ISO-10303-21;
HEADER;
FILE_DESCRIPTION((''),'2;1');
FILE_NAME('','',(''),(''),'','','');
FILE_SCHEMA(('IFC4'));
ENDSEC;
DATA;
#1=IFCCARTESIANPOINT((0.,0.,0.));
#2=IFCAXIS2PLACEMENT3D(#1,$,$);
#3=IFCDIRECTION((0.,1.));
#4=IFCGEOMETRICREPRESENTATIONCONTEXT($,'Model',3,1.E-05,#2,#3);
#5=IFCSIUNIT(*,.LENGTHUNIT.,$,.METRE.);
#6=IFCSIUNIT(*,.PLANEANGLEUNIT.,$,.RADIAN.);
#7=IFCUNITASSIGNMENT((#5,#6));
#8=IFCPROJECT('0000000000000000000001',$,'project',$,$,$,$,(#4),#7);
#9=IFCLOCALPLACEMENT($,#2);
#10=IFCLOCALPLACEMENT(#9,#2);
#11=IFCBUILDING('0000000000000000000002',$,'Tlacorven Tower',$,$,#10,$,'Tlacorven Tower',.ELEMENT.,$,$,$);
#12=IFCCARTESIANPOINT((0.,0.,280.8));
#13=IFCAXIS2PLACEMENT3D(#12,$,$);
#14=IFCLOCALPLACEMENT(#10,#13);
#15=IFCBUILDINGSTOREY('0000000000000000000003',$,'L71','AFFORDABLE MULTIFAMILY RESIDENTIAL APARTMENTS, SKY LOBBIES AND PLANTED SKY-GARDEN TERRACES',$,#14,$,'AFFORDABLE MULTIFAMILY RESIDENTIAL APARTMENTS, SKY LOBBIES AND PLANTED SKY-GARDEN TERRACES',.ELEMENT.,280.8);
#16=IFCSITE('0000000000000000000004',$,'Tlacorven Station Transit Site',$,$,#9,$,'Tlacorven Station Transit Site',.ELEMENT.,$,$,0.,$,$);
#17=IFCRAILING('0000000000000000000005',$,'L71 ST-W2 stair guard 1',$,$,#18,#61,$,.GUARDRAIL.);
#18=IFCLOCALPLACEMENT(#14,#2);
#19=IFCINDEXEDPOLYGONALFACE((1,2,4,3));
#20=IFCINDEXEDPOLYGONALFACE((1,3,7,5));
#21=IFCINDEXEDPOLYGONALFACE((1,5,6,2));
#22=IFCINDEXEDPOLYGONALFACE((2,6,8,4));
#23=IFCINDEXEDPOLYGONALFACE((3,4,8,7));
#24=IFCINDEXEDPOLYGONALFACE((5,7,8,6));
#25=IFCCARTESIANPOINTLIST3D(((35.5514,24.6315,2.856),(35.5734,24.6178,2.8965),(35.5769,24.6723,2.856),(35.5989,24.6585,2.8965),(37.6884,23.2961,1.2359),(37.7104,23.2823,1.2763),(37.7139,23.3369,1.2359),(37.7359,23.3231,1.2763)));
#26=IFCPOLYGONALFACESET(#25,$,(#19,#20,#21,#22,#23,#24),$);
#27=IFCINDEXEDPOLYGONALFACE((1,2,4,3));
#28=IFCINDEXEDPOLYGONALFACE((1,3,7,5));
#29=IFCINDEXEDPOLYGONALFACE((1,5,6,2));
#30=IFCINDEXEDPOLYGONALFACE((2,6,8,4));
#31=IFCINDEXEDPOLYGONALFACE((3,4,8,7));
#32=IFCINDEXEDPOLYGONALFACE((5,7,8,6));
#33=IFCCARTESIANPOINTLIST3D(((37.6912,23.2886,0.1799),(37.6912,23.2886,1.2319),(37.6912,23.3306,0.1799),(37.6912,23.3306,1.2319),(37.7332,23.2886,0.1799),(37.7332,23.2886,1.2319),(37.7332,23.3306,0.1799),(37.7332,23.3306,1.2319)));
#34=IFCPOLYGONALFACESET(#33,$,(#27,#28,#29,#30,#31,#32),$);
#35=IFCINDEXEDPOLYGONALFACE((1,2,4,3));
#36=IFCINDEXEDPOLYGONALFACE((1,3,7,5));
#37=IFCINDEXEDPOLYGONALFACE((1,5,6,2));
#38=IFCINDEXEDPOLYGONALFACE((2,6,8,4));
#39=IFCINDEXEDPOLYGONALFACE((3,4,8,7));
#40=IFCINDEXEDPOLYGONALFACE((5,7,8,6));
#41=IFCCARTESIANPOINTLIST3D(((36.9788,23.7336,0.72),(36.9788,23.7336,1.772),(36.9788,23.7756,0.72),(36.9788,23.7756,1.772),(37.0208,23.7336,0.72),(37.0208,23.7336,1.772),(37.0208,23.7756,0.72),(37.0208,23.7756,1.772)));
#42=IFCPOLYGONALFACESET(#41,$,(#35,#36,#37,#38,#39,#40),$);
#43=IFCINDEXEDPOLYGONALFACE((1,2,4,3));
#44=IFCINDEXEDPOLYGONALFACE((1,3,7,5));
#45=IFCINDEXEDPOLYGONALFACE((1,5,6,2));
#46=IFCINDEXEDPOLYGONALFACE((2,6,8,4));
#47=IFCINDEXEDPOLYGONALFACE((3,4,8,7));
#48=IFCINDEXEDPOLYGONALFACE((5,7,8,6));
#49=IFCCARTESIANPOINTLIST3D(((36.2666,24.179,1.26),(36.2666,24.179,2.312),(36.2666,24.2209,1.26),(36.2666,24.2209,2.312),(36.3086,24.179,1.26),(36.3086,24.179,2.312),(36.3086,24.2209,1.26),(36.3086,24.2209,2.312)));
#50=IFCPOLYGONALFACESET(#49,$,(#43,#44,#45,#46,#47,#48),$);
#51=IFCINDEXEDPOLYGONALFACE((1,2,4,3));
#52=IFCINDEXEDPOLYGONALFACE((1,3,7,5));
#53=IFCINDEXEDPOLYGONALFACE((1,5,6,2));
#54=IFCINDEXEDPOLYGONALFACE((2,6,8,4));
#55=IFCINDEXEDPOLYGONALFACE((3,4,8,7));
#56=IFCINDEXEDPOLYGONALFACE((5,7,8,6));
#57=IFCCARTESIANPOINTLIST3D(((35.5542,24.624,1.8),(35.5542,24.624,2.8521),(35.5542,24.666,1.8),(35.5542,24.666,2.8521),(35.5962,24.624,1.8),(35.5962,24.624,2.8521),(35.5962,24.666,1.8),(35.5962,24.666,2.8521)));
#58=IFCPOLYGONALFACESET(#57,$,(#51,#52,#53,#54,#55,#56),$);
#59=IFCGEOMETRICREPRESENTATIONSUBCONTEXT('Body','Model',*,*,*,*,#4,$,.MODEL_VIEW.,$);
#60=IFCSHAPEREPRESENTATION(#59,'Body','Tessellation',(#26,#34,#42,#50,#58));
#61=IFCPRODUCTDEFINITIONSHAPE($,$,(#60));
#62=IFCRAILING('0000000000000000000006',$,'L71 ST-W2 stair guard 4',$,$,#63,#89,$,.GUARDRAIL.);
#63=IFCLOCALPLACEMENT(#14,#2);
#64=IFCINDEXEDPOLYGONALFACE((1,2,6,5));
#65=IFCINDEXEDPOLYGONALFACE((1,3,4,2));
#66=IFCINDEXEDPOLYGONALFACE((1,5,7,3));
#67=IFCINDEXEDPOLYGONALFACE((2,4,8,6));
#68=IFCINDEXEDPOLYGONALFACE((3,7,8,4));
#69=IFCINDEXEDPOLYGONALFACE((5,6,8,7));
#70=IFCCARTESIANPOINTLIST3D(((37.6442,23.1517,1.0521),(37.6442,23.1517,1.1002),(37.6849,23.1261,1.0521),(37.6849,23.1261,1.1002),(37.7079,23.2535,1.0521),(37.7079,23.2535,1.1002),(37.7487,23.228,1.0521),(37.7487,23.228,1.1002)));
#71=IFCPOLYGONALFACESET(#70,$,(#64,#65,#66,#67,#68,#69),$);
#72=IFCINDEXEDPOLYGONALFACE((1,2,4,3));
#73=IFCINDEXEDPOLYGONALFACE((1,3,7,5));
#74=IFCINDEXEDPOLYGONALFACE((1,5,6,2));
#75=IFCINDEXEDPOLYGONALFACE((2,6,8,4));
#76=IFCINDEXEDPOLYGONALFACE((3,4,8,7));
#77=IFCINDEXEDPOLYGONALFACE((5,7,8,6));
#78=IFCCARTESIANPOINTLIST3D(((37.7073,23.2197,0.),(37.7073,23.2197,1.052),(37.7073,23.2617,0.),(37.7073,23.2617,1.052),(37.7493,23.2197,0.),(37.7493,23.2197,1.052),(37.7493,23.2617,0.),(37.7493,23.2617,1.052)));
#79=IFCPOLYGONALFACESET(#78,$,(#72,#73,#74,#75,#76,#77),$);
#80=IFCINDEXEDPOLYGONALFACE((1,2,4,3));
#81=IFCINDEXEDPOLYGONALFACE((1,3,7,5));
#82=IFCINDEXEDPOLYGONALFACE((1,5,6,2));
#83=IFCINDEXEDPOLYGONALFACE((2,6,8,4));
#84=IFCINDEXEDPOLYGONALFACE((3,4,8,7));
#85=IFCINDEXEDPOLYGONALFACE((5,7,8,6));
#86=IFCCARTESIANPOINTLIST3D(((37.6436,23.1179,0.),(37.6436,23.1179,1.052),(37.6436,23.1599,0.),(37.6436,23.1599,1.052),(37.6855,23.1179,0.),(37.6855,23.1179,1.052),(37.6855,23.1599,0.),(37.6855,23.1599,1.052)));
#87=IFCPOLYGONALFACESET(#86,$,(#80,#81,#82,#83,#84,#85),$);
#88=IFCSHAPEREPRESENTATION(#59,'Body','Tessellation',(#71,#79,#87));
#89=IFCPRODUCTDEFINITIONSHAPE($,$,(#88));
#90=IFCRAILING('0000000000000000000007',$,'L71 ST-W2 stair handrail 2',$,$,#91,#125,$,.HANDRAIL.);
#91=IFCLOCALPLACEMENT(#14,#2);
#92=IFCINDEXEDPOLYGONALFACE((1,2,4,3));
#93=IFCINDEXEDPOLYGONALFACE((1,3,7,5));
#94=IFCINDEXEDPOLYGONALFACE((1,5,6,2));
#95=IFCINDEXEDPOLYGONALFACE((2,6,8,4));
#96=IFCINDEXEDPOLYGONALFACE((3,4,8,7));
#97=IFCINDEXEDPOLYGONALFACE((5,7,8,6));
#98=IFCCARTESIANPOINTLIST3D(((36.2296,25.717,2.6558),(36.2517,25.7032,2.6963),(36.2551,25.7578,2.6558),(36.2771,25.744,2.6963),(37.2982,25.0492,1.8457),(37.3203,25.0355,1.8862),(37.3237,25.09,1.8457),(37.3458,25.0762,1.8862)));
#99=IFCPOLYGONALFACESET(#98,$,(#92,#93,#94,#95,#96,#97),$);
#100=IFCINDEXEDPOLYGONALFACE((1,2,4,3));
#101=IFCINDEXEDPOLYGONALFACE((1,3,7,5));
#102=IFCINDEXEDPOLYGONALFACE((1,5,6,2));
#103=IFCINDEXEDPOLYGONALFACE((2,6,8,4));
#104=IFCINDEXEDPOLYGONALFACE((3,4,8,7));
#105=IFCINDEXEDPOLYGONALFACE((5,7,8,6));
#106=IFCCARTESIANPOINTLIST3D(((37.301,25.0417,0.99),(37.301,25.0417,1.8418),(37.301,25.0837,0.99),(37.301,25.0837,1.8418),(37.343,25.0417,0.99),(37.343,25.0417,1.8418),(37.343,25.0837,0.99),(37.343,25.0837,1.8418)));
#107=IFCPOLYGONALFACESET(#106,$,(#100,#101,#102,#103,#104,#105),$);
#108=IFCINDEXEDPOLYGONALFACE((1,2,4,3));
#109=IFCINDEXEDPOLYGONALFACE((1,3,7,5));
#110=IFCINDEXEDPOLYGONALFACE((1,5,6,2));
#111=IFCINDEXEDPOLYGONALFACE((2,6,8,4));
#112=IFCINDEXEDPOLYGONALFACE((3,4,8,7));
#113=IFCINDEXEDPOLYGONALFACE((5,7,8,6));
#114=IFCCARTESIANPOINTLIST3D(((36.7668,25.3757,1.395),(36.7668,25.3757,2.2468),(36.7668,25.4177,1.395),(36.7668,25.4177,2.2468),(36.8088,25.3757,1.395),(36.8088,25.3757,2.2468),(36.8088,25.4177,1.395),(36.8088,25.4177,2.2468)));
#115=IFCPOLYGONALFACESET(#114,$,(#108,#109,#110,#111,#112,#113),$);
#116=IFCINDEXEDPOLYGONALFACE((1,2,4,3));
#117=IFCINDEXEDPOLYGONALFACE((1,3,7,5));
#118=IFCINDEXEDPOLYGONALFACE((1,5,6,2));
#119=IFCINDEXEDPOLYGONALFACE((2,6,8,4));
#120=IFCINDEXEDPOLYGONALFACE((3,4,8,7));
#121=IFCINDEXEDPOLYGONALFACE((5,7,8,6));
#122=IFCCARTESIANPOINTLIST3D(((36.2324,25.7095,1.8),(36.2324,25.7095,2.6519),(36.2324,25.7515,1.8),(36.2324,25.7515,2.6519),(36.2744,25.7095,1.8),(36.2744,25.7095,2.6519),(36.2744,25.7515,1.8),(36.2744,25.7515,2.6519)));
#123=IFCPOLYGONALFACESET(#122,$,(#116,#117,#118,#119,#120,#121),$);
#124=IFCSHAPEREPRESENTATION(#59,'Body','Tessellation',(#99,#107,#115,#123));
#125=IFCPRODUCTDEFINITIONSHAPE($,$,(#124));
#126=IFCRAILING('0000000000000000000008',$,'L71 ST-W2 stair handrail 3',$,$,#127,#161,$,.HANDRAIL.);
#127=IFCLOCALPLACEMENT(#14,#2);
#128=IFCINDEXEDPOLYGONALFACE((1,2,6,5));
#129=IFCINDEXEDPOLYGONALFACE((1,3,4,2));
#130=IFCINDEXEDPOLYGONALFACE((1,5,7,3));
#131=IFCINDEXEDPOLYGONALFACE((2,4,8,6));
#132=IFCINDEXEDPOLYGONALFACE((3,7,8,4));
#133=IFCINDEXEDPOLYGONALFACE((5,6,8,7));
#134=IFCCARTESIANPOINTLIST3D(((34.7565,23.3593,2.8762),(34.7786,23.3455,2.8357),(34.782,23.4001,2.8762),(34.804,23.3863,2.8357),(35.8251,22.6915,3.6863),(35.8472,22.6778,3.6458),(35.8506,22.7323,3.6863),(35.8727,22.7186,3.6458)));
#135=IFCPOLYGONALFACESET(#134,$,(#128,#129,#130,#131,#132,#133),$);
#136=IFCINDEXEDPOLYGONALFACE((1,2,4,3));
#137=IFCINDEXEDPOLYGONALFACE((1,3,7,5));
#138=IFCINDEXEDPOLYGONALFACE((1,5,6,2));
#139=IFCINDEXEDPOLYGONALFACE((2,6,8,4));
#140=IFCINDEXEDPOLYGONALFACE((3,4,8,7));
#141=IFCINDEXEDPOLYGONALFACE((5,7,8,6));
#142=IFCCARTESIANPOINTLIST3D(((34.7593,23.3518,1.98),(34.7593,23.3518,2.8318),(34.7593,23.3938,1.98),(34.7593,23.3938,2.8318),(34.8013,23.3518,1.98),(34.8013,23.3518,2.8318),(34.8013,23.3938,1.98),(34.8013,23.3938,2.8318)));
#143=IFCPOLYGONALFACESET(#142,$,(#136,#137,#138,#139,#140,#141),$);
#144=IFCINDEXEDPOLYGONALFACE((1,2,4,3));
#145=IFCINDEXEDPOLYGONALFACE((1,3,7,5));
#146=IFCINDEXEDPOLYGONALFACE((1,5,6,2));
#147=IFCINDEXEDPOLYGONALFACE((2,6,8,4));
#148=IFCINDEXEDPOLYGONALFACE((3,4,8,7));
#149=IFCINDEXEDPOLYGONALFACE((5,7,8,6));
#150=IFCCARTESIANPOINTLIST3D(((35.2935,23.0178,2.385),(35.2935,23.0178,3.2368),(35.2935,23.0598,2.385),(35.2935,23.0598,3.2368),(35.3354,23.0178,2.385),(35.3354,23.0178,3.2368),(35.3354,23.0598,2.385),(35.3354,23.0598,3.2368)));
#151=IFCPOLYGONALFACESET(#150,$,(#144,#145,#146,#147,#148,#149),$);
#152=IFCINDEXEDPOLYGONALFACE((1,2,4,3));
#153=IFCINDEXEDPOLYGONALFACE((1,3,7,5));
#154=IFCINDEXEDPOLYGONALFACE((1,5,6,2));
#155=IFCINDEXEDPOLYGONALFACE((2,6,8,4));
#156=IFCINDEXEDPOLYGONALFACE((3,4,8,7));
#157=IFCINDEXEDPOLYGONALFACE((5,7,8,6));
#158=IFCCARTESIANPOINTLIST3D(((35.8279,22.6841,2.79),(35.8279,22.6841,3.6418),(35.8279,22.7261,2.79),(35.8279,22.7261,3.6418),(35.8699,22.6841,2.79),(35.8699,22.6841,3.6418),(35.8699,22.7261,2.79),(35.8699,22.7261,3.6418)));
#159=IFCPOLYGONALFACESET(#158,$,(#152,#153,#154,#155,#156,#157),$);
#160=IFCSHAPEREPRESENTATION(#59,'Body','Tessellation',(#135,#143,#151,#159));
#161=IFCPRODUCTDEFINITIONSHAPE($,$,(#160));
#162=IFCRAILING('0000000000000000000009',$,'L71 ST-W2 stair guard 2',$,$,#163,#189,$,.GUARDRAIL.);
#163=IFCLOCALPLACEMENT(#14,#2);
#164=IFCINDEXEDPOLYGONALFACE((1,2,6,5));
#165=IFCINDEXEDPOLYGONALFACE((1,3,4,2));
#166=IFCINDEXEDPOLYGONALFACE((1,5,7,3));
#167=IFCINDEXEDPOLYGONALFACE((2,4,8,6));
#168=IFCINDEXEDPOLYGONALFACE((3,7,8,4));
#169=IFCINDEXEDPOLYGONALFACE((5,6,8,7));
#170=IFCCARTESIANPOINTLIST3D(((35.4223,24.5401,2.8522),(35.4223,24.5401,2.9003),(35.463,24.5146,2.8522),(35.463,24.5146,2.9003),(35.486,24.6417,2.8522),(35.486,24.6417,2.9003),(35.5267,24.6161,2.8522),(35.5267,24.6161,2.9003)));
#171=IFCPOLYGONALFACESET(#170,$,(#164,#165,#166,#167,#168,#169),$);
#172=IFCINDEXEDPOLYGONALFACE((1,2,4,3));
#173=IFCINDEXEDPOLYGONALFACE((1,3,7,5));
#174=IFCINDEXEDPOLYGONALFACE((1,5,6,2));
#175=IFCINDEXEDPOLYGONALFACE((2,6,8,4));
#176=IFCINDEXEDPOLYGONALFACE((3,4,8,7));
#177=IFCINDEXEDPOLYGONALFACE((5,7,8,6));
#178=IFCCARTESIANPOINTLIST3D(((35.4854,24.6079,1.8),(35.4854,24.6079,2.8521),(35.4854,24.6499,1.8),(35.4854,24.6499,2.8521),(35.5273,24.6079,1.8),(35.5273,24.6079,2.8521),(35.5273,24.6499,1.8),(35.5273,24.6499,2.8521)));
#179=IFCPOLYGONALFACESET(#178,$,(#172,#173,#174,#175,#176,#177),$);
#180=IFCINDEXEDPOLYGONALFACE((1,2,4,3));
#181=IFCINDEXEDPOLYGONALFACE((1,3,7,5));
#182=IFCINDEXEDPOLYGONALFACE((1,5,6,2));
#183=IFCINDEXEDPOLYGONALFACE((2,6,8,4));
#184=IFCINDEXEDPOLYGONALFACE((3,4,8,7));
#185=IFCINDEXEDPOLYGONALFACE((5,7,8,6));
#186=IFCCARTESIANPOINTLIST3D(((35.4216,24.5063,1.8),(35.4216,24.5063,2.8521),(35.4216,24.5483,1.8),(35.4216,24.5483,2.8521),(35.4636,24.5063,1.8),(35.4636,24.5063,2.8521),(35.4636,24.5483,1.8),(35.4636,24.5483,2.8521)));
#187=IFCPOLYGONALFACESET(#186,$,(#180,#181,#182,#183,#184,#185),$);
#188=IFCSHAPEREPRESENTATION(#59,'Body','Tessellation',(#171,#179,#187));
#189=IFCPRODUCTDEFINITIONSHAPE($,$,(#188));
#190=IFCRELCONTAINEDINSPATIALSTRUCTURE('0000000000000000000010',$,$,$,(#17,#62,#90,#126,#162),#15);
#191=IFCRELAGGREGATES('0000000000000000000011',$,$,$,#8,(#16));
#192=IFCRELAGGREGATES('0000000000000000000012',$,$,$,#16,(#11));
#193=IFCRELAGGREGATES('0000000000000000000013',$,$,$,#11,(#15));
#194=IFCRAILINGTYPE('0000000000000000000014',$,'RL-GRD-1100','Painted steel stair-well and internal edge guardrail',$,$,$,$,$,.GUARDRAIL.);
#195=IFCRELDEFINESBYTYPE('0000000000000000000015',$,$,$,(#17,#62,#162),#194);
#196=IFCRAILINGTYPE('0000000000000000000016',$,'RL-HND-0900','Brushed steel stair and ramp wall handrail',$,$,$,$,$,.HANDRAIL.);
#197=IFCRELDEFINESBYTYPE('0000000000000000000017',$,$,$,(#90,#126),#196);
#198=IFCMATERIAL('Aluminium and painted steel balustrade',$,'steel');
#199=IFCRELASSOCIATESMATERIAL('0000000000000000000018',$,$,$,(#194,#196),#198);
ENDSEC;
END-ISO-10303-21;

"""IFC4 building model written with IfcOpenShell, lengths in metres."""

from ifc_helpers import new_model, si_unit, direction, frame, origin, origin_2d, place, context, subcontext, project, spatial, rectangle, extrude, source, transform, mapped, material, type_object, element, save


model = new_model("IFC4")

# Units and contexts
model_context = context("Model", 3, precision=1e-05, world=origin(), true_north=direction((0.0, 1.0)))
body_context = subcontext(model_context, "Body", "Model", "MODEL_VIEW")
ifc_project = project(units=[si_unit("LENGTHUNIT", "METRE"), si_unit("PLANEANGLEUNIT", "RADIAN")], contexts=[model_context])

# Site, building, storey
site_placement = place(None, origin())
site = spatial("IfcSite", under=ifc_project, at=site_placement, Name="Tlacorven Station Transit Site", LongName="Tlacorven Station Transit Site", CompositionType="ELEMENT", RefElevation=0.0)
building_placement = place(site_placement, origin())
building = spatial("IfcBuilding", under=site, at=building_placement, Name="Tlacorven Tower", LongName="Tlacorven Tower", CompositionType="ELEMENT")
storey_placement = place(building_placement, frame((0.0, 0.0, 280.8)))
storey = spatial("IfcBuildingStorey", under=building, at=storey_placement, Name="L71", Description="AFFORDABLE MULTIFAMILY RESIDENTIAL APARTMENTS, SKY LOBBIES AND PLANTED SKY-GARDEN TERRACES", LongName="AFFORDABLE MULTIFAMILY RESIDENTIAL APARTMENTS, SKY LOBBIES AND PLANTED SKY-GARDEN TERRACES", CompositionType="ELEMENT", Elevation=280.8)

# Railings
ifc_material_1 = material(Name="Aluminium and painted steel balustrade", Category="steel")
railing_type_1 = type_object("IfcRailingType", Name="RL-GRD-1100", Description="Painted steel stair-well and internal edge guardrail", PredefinedType="GUARDRAIL", material=ifc_material_1)
shared_shape_1 = source(origin(), body_context, "Body", "SweptSolid", [
    extrude(rectangle(XDim=0.0481, YDim=0.0481, at=origin_2d()), frame((0.0, 0.0, 1.0762), z_axis=(-0.71332, 0.445774, 0.540796), x_axis=(-0.529955, -0.848026, 0.0)), (0.0, 0.0, 1.0), 2.9958),
    extrude(rectangle(XDim=0.042, YDim=0.042, at=origin_2d()), origin(), (0.0, 0.0, 1.0), 1.052),
    extrude(rectangle(XDim=0.042, YDim=0.042, at=origin_2d()), frame((-0.7124, 0.4451, 0.54)), (0.0, 0.0, 1.0), 1.052),
    extrude(rectangle(XDim=0.042, YDim=0.042, at=origin_2d()), frame((-1.4246, 0.8904, 1.0801)), (0.0, 0.0, 1.0), 1.052),
    extrude(rectangle(XDim=0.042, YDim=0.042, at=origin_2d()), frame((-2.137, 1.3354, 1.6201)), (0.0, 0.0, 1.0), 1.052),
])
railing_1_placement = place(storey_placement, frame((37.7122, 23.3096, 0.1799)))
element("IfcRailing", 1, at=railing_1_placement, inside=storey, type_object=railing_type_1, Name="L71 ST-W2 stair guard 1", PredefinedType="GUARDRAIL", context=body_context, shape_type="MappedRepresentation", body=[
    mapped(shared_shape_1, transform((0.0, 0.0, 0.0), scale=1.0)),
])
shared_shape_2 = source(origin(), body_context, "Body", "SweptSolid", [
    extrude(rectangle(XDim=0.0481, YDim=0.0481, at=origin_2d()), frame((0.0, 0.0, 1.0762), z_axis=(-0.530547, -0.847656, 0.0), x_axis=(0.847656, -0.530547, 0.0)), (0.0, 0.0, 1.0), 0.1201),
    extrude(rectangle(XDim=0.042, YDim=0.042, at=origin_2d()), origin(), (0.0, 0.0, 1.0), 1.052),
    extrude(rectangle(XDim=0.042, YDim=0.042, at=origin_2d()), frame((-0.0637, -0.1018, 0.0)), (0.0, 0.0, 1.0), 1.052),
])
railing_2_placement = place(storey_placement, frame((37.7283, 23.2407, 0.0)))
element("IfcRailing", 2, at=railing_2_placement, inside=storey, type_object=railing_type_1, Name="L71 ST-W2 stair guard 4", PredefinedType="GUARDRAIL", context=body_context, shape_type="MappedRepresentation", body=[
    mapped(shared_shape_2, transform((0.0, 0.0, 0.0), scale=1.0)),
])
railing_type_2 = type_object("IfcRailingType", Name="RL-HND-0900", Description="Brushed steel stair and ramp wall handrail", PredefinedType="HANDRAIL", material=ifc_material_1)
shared_shape_3 = source(origin(), body_context, "Body", "SweptSolid", [
    extrude(rectangle(XDim=0.0481, YDim=0.0481, at=origin_2d()), frame((0.0, 0.0, 0.876), z_axis=(-0.71336, 0.445748, 0.540765), x_axis=(-0.529912, -0.848053, 0.0)), (0.0, 0.0, 1.0), 1.498),
    extrude(rectangle(XDim=0.042, YDim=0.042, at=origin_2d()), origin(), (0.0, 0.0, 1.0), 0.8518),
    extrude(rectangle(XDim=0.042, YDim=0.042, at=origin_2d()), frame((-0.5342, 0.334, 0.405)), (0.0, 0.0, 1.0), 0.8518),
    extrude(rectangle(XDim=0.042, YDim=0.042, at=origin_2d()), frame((-1.0686, 0.6677, 0.8101)), (0.0, 0.0, 1.0), 0.8518),
])
railing_3_placement = place(storey_placement, frame((37.322, 25.0627, 0.99)))
element("IfcRailing", 3, at=railing_3_placement, inside=storey, type_object=railing_type_2, Name="L71 ST-W2 stair handrail 2", PredefinedType="HANDRAIL", context=body_context, shape_type="MappedRepresentation", body=[
    mapped(shared_shape_3, transform((0.0, 0.0, 0.0), scale=1.0)),
])
shared_shape_4 = source(origin(), body_context, "Body", "SweptSolid", [
    extrude(rectangle(XDim=0.0481, YDim=0.0481, at=origin_2d()), frame((0.0, 0.0, 0.876), z_axis=(0.71336, -0.445748, 0.540765), x_axis=(0.529912, 0.848053, 0.0)), (0.0, 0.0, 1.0), 1.498),
    extrude(rectangle(XDim=0.042, YDim=0.042, at=origin_2d()), origin(), (0.0, 0.0, 1.0), 0.8518),
    extrude(rectangle(XDim=0.042, YDim=0.042, at=origin_2d()), frame((0.5342, -0.334, 0.405)), (0.0, 0.0, 1.0), 0.8518),
    extrude(rectangle(XDim=0.042, YDim=0.042, at=origin_2d()), frame((1.0686, -0.6677, 0.8101)), (0.0, 0.0, 1.0), 0.8518),
])
railing_4_placement = place(storey_placement, frame((34.7803, 23.3728, 1.98)))
element("IfcRailing", 4, at=railing_4_placement, inside=storey, type_object=railing_type_2, Name="L71 ST-W2 stair handrail 3", PredefinedType="HANDRAIL", context=body_context, shape_type="MappedRepresentation", body=[
    mapped(shared_shape_4, transform((0.0, 0.0, 0.0), scale=1.0)),
])
shared_shape_5 = source(origin(), body_context, "Body", "SweptSolid", [
    extrude(rectangle(XDim=0.0481, YDim=0.0481, at=origin_2d()), frame((0.0, 0.0, 1.0762), z_axis=(-0.531462, -0.847082, 0.0), x_axis=(0.847082, -0.531462, 0.0)), (0.0, 0.0, 1.0), 0.1199),
    extrude(rectangle(XDim=0.042, YDim=0.042, at=origin_2d()), origin(), (0.0, 0.0, 1.0), 1.052),
    extrude(rectangle(XDim=0.042, YDim=0.042, at=origin_2d()), frame((-0.0637, -0.1016, 0.0)), (0.0, 0.0, 1.0), 1.052),
])
railing_5_placement = place(storey_placement, frame((35.5063, 24.6289, 1.8)))
element("IfcRailing", 5, at=railing_5_placement, inside=storey, type_object=railing_type_1, Name="L71 ST-W2 stair guard 2", PredefinedType="GUARDRAIL", context=body_context, shape_type="MappedRepresentation", body=[
    mapped(shared_shape_5, transform((0.0, 0.0, 0.0), scale=1.0)),
])

save(model, "model.ifc")
